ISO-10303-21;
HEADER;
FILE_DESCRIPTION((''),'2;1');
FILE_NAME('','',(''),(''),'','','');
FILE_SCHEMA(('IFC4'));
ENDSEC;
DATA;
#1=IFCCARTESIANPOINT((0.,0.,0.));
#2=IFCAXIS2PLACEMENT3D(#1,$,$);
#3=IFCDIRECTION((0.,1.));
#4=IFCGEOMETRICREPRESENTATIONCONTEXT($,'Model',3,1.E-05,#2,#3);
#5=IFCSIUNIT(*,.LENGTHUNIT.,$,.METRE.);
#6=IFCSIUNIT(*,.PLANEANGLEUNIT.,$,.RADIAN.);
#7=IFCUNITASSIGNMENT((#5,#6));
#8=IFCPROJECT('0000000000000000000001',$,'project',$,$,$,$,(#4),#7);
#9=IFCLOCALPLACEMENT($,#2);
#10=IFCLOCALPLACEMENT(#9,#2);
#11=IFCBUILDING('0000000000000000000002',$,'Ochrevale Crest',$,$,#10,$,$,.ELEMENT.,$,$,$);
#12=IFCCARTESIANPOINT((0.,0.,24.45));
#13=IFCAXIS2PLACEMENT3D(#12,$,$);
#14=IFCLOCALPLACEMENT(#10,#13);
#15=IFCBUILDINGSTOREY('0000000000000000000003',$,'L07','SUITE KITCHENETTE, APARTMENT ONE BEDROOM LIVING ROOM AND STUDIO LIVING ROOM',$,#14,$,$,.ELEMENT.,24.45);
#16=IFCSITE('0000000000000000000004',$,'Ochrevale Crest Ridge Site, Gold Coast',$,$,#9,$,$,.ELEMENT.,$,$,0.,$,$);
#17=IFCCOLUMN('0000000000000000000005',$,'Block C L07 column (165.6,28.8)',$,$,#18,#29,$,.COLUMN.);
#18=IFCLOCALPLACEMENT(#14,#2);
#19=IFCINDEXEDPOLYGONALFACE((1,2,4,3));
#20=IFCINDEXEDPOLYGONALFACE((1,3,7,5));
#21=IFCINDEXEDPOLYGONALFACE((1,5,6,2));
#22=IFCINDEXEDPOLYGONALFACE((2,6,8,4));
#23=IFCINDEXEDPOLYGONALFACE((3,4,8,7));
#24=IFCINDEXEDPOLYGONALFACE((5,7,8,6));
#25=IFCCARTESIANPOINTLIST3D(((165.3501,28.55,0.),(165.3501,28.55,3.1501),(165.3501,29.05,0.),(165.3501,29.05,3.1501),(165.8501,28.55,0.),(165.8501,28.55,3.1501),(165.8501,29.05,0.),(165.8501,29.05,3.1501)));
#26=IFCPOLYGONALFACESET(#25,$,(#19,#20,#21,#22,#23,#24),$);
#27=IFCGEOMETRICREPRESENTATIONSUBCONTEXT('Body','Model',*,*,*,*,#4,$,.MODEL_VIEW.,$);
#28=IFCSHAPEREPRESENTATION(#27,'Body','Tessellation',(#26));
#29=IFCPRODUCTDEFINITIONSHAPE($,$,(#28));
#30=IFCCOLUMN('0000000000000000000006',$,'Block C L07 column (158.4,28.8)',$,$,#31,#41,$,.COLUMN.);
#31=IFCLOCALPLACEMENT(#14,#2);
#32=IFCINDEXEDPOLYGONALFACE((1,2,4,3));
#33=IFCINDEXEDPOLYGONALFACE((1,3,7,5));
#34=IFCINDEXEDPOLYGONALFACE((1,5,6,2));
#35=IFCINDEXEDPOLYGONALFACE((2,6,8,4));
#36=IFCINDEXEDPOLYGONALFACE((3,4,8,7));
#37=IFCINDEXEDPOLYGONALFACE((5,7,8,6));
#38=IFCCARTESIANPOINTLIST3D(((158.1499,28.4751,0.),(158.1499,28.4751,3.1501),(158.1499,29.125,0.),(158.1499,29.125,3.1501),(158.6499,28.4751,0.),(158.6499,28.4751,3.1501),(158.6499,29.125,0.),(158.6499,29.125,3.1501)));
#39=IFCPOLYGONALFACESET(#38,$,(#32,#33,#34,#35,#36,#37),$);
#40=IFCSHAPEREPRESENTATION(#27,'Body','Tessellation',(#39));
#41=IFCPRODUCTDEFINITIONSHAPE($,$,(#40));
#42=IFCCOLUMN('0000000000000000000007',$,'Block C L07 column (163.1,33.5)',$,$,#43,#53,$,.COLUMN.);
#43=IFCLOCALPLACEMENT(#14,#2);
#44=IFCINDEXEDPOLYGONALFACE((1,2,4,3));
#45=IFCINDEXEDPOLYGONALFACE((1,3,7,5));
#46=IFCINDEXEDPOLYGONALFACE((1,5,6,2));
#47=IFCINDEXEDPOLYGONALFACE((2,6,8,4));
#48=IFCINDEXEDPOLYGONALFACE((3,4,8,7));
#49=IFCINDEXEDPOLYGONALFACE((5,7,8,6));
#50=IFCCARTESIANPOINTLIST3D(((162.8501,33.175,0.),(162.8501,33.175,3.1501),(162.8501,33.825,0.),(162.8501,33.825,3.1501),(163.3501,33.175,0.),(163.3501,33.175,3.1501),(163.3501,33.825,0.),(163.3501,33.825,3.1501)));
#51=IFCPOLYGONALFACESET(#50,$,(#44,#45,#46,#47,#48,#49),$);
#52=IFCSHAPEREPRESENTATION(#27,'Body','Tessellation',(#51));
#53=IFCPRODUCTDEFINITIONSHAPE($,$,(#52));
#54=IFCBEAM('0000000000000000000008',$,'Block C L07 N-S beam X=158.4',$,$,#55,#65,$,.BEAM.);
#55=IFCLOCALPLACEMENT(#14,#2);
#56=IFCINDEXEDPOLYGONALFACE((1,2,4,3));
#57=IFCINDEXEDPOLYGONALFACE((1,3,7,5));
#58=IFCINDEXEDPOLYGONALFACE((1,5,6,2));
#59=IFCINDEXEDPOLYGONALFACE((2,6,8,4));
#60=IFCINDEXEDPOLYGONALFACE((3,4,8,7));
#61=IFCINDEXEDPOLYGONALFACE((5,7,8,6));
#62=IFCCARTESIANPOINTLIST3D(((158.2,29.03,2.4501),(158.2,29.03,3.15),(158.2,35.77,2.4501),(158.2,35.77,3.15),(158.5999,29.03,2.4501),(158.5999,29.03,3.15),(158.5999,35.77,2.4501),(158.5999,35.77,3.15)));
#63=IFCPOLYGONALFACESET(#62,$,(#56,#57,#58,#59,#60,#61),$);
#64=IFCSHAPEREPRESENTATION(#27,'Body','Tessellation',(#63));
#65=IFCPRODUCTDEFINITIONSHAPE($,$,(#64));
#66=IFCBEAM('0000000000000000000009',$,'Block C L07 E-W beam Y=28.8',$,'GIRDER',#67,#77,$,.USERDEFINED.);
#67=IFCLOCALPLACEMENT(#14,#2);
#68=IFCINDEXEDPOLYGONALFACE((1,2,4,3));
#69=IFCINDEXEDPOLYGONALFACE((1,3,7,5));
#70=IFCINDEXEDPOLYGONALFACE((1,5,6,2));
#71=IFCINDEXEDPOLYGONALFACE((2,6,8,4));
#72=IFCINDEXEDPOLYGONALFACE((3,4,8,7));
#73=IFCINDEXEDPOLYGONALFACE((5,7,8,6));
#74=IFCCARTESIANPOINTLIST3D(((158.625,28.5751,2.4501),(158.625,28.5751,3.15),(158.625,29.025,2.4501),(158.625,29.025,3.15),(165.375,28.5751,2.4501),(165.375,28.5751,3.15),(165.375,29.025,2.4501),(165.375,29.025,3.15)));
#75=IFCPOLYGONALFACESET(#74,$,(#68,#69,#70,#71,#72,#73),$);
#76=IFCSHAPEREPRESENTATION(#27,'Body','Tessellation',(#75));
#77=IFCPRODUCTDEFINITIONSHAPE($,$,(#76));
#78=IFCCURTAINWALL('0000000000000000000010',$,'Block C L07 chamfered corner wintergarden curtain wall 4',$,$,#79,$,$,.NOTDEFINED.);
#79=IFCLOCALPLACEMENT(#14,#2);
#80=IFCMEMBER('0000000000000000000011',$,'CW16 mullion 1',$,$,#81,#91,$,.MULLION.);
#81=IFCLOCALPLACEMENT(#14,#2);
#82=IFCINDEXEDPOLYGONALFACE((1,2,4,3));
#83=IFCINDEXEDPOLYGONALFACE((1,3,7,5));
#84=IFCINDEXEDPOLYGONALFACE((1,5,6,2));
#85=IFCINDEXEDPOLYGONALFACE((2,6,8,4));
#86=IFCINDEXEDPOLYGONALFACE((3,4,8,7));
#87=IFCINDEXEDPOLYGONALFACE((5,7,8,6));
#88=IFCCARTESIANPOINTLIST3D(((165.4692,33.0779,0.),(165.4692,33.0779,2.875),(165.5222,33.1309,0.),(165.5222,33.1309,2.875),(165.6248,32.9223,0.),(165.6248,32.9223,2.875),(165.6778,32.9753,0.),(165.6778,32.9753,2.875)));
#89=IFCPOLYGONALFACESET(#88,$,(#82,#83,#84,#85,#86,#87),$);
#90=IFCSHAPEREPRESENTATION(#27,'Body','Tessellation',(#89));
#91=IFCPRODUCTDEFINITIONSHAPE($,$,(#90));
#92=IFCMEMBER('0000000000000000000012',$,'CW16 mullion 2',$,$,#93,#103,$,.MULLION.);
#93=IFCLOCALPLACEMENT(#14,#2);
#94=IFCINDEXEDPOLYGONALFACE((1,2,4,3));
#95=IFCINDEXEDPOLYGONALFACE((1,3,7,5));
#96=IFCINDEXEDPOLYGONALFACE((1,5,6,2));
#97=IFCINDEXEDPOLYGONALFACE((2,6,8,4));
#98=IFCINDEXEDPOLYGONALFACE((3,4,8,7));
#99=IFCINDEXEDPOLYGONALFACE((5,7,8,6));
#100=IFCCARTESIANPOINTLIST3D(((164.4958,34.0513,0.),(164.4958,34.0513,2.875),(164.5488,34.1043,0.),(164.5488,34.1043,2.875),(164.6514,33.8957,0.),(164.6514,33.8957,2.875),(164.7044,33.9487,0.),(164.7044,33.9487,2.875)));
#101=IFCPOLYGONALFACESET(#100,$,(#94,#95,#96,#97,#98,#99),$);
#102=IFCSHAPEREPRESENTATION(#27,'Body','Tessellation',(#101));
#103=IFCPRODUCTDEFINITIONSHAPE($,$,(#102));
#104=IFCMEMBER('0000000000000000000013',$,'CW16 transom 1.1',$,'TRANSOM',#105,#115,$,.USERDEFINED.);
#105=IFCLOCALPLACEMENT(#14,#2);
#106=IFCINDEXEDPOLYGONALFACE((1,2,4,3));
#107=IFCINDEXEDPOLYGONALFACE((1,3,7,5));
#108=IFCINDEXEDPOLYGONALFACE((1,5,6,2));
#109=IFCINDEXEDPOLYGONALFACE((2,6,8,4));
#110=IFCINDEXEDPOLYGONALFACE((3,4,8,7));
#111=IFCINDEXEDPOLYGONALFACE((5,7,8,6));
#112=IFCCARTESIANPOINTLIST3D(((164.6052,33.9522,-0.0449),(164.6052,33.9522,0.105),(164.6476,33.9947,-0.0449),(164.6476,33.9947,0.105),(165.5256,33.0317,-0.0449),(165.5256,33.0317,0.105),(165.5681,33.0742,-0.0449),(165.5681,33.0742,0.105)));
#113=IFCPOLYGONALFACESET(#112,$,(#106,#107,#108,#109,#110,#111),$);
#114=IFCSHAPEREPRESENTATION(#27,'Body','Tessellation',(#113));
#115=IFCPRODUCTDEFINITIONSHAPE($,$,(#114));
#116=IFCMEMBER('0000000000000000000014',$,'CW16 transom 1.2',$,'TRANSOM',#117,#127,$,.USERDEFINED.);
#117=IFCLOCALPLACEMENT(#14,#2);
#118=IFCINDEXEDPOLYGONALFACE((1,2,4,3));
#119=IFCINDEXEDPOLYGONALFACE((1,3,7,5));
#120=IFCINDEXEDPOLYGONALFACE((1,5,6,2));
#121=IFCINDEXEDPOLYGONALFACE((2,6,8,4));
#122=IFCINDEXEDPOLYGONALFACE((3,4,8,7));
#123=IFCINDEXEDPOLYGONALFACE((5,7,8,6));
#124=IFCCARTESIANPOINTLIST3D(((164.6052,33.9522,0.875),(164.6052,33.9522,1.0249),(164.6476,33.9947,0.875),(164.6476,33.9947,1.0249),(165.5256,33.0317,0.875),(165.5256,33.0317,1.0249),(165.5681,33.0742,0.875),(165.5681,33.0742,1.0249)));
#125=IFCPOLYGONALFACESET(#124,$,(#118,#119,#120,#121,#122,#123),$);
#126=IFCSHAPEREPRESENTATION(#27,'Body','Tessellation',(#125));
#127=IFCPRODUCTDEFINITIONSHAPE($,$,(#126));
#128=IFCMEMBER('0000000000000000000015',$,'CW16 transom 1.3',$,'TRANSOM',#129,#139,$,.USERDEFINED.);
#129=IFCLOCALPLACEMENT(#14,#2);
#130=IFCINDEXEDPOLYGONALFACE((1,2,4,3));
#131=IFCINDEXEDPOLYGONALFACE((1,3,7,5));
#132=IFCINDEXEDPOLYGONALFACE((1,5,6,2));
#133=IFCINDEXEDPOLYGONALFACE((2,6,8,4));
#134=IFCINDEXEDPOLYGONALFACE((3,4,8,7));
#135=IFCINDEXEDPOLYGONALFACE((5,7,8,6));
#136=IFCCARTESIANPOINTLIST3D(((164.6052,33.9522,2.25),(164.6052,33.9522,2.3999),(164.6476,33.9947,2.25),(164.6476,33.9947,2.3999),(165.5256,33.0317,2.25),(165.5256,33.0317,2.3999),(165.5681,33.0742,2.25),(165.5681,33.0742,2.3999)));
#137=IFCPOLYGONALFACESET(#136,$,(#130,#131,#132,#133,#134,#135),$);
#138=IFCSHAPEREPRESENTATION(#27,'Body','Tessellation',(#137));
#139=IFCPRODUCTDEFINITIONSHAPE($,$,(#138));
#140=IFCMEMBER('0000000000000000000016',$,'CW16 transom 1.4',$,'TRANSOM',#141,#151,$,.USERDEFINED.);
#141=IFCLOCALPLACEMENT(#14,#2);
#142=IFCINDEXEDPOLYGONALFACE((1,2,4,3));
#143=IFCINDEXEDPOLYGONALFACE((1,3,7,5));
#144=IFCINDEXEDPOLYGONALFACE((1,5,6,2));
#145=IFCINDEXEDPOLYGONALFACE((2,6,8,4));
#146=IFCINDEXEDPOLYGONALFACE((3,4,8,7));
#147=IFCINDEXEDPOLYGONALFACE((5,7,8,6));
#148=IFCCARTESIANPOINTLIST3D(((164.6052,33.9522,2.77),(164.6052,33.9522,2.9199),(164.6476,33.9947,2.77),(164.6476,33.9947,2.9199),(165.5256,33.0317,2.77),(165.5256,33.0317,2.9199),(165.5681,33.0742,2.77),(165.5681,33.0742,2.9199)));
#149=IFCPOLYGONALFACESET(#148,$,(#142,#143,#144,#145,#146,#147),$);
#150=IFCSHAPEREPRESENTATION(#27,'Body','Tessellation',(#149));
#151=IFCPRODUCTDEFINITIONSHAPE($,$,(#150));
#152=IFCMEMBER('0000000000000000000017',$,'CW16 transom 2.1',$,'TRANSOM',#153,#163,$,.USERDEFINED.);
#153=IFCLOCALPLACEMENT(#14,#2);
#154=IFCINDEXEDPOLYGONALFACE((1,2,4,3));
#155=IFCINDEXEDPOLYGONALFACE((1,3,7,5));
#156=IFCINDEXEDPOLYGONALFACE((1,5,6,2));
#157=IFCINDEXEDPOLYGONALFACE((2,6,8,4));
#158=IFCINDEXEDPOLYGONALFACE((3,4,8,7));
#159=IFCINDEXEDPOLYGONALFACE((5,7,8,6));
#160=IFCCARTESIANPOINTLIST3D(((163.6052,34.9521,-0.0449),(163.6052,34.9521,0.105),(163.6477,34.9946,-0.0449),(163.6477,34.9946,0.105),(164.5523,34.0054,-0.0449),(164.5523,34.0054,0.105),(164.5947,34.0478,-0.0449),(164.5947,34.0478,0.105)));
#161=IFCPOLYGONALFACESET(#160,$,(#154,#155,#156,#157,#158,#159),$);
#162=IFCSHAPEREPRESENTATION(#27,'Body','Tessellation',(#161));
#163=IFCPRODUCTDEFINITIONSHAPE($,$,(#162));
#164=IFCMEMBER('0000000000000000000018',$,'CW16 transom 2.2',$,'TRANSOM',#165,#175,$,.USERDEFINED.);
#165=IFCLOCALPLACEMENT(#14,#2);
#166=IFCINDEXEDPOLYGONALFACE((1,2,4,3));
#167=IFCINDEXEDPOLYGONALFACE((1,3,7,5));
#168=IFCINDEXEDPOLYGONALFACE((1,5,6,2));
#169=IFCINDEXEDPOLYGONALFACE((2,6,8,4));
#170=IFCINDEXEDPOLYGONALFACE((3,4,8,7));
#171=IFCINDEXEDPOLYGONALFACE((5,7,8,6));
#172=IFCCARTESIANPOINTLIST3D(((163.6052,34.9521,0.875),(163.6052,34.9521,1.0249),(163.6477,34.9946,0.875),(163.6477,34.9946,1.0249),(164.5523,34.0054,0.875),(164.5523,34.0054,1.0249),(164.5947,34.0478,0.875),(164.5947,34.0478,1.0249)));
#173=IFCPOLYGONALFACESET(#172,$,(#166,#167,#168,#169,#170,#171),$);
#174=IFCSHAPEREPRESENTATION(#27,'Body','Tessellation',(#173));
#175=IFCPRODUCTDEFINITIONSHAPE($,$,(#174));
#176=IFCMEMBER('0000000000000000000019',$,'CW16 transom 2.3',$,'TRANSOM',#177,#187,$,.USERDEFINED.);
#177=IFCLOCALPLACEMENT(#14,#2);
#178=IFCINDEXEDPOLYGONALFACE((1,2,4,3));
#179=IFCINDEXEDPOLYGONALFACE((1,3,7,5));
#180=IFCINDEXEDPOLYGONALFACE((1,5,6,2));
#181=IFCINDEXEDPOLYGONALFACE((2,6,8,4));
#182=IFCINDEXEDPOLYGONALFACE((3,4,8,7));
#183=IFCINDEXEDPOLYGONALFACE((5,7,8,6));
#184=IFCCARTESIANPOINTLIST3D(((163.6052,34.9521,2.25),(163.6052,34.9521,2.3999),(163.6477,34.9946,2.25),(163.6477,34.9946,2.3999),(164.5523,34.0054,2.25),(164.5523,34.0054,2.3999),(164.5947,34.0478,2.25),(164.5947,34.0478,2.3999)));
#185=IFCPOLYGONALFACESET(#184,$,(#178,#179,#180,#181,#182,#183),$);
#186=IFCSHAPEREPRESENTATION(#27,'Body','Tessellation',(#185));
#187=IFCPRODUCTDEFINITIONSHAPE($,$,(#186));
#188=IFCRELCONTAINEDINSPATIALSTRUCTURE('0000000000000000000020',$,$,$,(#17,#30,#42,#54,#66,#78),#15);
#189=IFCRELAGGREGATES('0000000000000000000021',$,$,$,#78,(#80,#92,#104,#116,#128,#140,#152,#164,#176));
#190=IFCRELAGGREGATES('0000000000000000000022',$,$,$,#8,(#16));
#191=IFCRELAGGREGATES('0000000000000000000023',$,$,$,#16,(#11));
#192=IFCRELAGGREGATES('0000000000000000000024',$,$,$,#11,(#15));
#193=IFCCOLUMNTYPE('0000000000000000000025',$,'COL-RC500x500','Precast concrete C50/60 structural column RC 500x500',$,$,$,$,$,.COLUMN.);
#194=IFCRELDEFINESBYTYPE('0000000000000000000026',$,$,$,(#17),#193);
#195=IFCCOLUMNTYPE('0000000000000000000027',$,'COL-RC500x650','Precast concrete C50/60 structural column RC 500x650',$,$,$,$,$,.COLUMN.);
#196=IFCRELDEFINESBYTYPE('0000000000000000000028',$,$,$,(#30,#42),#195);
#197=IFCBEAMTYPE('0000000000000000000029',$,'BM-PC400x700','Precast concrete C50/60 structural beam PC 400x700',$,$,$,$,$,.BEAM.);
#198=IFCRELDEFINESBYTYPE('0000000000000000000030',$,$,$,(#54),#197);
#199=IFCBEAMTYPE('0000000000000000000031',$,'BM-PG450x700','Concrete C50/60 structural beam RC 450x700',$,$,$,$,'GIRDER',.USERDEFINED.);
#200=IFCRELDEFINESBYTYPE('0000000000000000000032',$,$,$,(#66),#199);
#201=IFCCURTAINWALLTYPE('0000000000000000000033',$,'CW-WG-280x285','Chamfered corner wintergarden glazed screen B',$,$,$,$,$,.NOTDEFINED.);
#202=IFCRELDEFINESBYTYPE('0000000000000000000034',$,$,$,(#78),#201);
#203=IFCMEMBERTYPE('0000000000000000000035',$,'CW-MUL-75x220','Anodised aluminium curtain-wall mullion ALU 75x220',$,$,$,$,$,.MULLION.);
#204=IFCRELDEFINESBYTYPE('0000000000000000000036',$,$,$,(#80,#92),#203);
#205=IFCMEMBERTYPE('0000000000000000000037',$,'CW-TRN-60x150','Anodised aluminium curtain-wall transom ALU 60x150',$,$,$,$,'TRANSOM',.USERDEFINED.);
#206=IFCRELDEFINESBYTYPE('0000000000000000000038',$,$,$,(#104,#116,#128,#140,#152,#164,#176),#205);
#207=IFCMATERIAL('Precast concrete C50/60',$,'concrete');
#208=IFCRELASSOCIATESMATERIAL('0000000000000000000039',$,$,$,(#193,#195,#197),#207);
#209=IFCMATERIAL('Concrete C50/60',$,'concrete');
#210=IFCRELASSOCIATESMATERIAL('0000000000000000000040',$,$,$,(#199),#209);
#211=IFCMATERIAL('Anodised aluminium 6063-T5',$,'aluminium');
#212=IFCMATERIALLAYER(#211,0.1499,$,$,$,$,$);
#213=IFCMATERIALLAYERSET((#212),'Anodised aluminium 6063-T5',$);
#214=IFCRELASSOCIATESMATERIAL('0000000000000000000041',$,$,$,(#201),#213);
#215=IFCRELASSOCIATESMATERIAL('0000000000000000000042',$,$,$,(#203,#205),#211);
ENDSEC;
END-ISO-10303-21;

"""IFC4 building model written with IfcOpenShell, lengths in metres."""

from ifc_helpers import new_model, si_unit, direction, frame, origin, origin_2d, place, context, subcontext, project, spatial, rectangle, extrude, material, layer, layer_set, material_profile, profile_set, type_object, element, aggregate, save


model = new_model("IFC4")

# Units and contexts
model_context = context("Model", 3, precision=1e-05, world=origin(), true_north=direction((0.0, 1.0)))
body_context = subcontext(model_context, "Body", "Model", "MODEL_VIEW")
ifc_project = project(units=[si_unit("LENGTHUNIT", "METRE"), si_unit("PLANEANGLEUNIT", "RADIAN")], contexts=[model_context])

# Site, building, storey
site_placement = place(None, origin())
site = spatial("IfcSite", under=ifc_project, at=site_placement, Name="Ochrevale Crest Ridge Site, Gold Coast", CompositionType="ELEMENT", RefElevation=0.0)
building_placement = place(site_placement, origin())
building = spatial("IfcBuilding", under=site, at=building_placement, Name="Ochrevale Crest", CompositionType="ELEMENT")
storey_placement = place(building_placement, frame((0.0, 0.0, 24.45)))
storey = spatial("IfcBuildingStorey", under=building, at=storey_placement, Name="L07", Description="SUITE KITCHENETTE, APARTMENT ONE BEDROOM LIVING ROOM AND STUDIO LIVING ROOM", CompositionType="ELEMENT", Elevation=24.45)

# Columns
ifc_material_1 = material(Name="Precast concrete C50/60", Category="concrete")
ifc_material_profile_1 = material_profile(ifc_material_1, rectangle(XDim=0.5, YDim=0.5, at=origin_2d()), Name="RC 500x500")
ifc_profile_set_1 = profile_set([ifc_material_profile_1], Name="Precast concrete C50/60")
column_type_1 = type_object("IfcColumnType", Name="COL-RC500x500", Description="Precast concrete C50/60 structural column RC 500x500", PredefinedType="COLUMN", material=ifc_profile_set_1)
column_placement = place(storey_placement, frame((165.6001, 28.8, 0.0), z_axis=(0.0, 0.0, 1.0), x_axis=(1.0, 0.0, 0.0)))
element("IfcColumn", 1, at=column_placement, inside=storey, type_object=column_type_1, Name="Block C L07 column (165.6,28.8)", PredefinedType="COLUMN", context=body_context, shape_type="SweptSolid", body=[
    extrude(rectangle(XDim=0.5, YDim=0.5, at=origin_2d()), origin(), (0.0, 0.0, 1.0), 3.1501),
])
ifc_material_profile_2 = material_profile(ifc_material_1, rectangle(XDim=0.5, YDim=0.6499, at=origin_2d()), Name="RC 500x650")
ifc_profile_set_2 = profile_set([ifc_material_profile_2], Name="Precast concrete C50/60")
column_type_2 = type_object("IfcColumnType", Name="COL-RC500x650", Description="Precast concrete C50/60 structural column RC 500x650", PredefinedType="COLUMN", material=ifc_profile_set_2)
for number, where, z_axis, x_axis, name in (
    (2, (158.3999, 28.8, 0.0), (0.0, 0.0, 1.0), (1.0, 0.0, 0.0), "Block C L07 column (158.4,28.8)"),
    (3, (163.1001, 33.5, 0.0), (0.0, 0.0, 1.0), (1.0, 0.0, 0.0), "Block C L07 column (163.1,33.5)"),
):
    element("IfcColumn", number, at=place(storey_placement, frame(where, z_axis=z_axis, x_axis=x_axis)), inside=storey, type_object=column_type_2, Name=name, PredefinedType="COLUMN", context=body_context, shape_type="SweptSolid", body=[
        extrude(rectangle(XDim=0.5, YDim=0.6499, at=origin_2d()), origin(), (0.0, 0.0, 1.0), 3.1501),
    ])

# Beams
ifc_material_profile_3 = material_profile(ifc_material_1, rectangle(XDim=0.3999, YDim=0.7, at=origin_2d()), Name="PC 400x700")
ifc_profile_set_3 = profile_set([ifc_material_profile_3], Name="Precast concrete C50/60")
beam_type_1 = type_object("IfcBeamType", Name="BM-PC400x700", Description="Precast concrete C50/60 structural beam PC 400x700", PredefinedType="BEAM", material=ifc_profile_set_3)
beam_1_placement = place(storey_placement, frame((158.3999, 29.03, 2.8), z_axis=(0.0, 1.0, 0.0), x_axis=(-1.0, 0.0, 0.0)))
element("IfcBeam", 4, at=beam_1_placement, inside=storey, type_object=beam_type_1, Name="Block C L07 N-S beam X=158.4", PredefinedType="BEAM", context=body_context, shape_type="SweptSolid", body=[
    extrude(rectangle(XDim=0.3999, YDim=0.7, at=origin_2d()), origin(), (0.0, 0.0, 1.0), 6.74),
])
ifc_material_2 = material(Name="Concrete C50/60", Category="concrete")
ifc_material_profile_4 = material_profile(ifc_material_2, rectangle(XDim=0.45, YDim=0.7, at=origin_2d()), Name="RC 450x700")
ifc_profile_set_4 = profile_set([ifc_material_profile_4], Name="Concrete C50/60")
beam_type_2 = type_object("IfcBeamType", Name="BM-PG450x700", Description="Concrete C50/60 structural beam RC 450x700", ElementType="GIRDER", PredefinedType="USERDEFINED", material=ifc_profile_set_4)
beam_2_placement = place(storey_placement, frame((158.625, 28.8, 2.8), z_axis=(1.0, 0.0, 0.0), x_axis=(0.0, 1.0, 0.0)))
element("IfcBeam", 5, at=beam_2_placement, inside=storey, type_object=beam_type_2, Name="Block C L07 E-W beam Y=28.8", ObjectType="GIRDER", PredefinedType="USERDEFINED", context=body_context, shape_type="SweptSolid", body=[
    extrude(rectangle(XDim=0.45, YDim=0.7, at=origin_2d()), origin(), (0.0, 0.0, 1.0), 6.75),
])

# Curtain wall, members
ifc_material_3 = material(Name="Anodised aluminium 6063-T5", Category="aluminium")
ifc_layer_1 = layer(ifc_material_3, 0.1499)
ifc_layer_set_1 = layer_set([ifc_layer_1], Name="Anodised aluminium 6063-T5")
curtain_wall_type = type_object("IfcCurtainWallType", Name="CW-WG-280x285", Description="Chamfered corner wintergarden glazed screen B", PredefinedType="NOTDEFINED", material=ifc_layer_set_1)
curtain_wall_placement = place(storey_placement, origin())
curtain_wall = element("IfcCurtainWall", 6, at=curtain_wall_placement, inside=storey, type_object=curtain_wall_type, Name="Block C L07 chamfered corner wintergarden curtain wall 4", PredefinedType="NOTDEFINED")
ifc_material_profile_5 = material_profile(ifc_material_3, rectangle(XDim=0.075, YDim=0.22, at=origin_2d()), Name="ALU 75x220")
ifc_profile_set_5 = profile_set([ifc_material_profile_5], Name="Anodised aluminium 6063-T5")
member_type_1 = type_object("IfcMemberType", Name="CW-MUL-75x220", Description="Anodised aluminium curtain-wall mullion ALU 75x220", PredefinedType="MULLION", material=ifc_profile_set_5)
member_1_placement = place(storey_placement, frame((165.5735, 33.0266, 0.0), z_axis=(0.0, 0.0, 1.0), x_axis=(-0.707107, -0.707107, 0.0)))
member_1 = element("IfcMember", 7, at=member_1_placement, type_object=member_type_1, Name="CW16 mullion 1", PredefinedType="MULLION", context=body_context, shape_type="SweptSolid", body=[
    extrude(rectangle(XDim=0.075, YDim=0.22, at=origin_2d()), origin(), (0.0, 0.0, 1.0), 2.875),
])
member_2_placement = place(storey_placement, frame((164.6001, 34.0, 0.0), z_axis=(0.0, 0.0, 1.0), x_axis=(-0.707107, -0.707107, 0.0)))
member_2 = element("IfcMember", 8, at=member_2_placement, type_object=member_type_1, Name="CW16 mullion 2", PredefinedType="MULLION", context=body_context, shape_type="SweptSolid", body=[
    extrude(rectangle(XDim=0.075, YDim=0.22, at=origin_2d()), origin(), (0.0, 0.0, 1.0), 2.875),
])
ifc_material_profile_6 = material_profile(ifc_material_3, rectangle(XDim=0.0601, YDim=0.1499, at=origin_2d()), Name="ALU 60x150")
ifc_profile_set_6 = profile_set([ifc_material_profile_6], Name="Anodised aluminium 6063-T5")
member_type_2 = type_object("IfcMemberType", Name="CW-TRN-60x150", Description="Anodised aluminium curtain-wall transom ALU 60x150", ElementType="TRANSOM", PredefinedType="USERDEFINED", material=ifc_profile_set_6)
member_3_placement = place(storey_placement, frame((165.5469, 33.053, 0.03), z_axis=(-0.707107, 0.707107, 0.0), x_axis=(-0.707107, -0.707107, 0.0)))
member_3 = element("IfcMember", 9, at=member_3_placement, type_object=member_type_2, Name="CW16 transom 1.1", ObjectType="TRANSOM", PredefinedType="USERDEFINED", context=body_context, shape_type="SweptSolid", body=[
    extrude(rectangle(XDim=0.0601, YDim=0.1499, at=origin_2d()), origin(), (0.0, 0.0, 1.0), 1.3018),
])
member_4_placement = place(storey_placement, frame((165.5469, 33.053, 0.95), z_axis=(-0.707107, 0.707107, 0.0), x_axis=(-0.707107, -0.707107, 0.0)))
member_4 = element("IfcMember", 10, at=member_4_placement, type_object=member_type_2, Name="CW16 transom 1.2", ObjectType="TRANSOM", PredefinedType="USERDEFINED", context=body_context, shape_type="SweptSolid", body=[
    extrude(rectangle(XDim=0.0601, YDim=0.1499, at=origin_2d()), origin(), (0.0, 0.0, 1.0), 1.3018),
])
member_5_placement = place(storey_placement, frame((165.5469, 33.053, 2.325), z_axis=(-0.707107, 0.707107, 0.0), x_axis=(-0.707107, -0.707107, 0.0)))
member_5 = element("IfcMember", 11, at=member_5_placement, type_object=member_type_2, Name="CW16 transom 1.3", ObjectType="TRANSOM", PredefinedType="USERDEFINED", context=body_context, shape_type="SweptSolid", body=[
    extrude(rectangle(XDim=0.0601, YDim=0.1499, at=origin_2d()), origin(), (0.0, 0.0, 1.0), 1.3018),
])
member_6_placement = place(storey_placement, frame((165.5469, 33.053, 2.845), z_axis=(-0.707107, 0.707107, 0.0), x_axis=(-0.707107, -0.707107, 0.0)))
member_6 = element("IfcMember", 12, at=member_6_placement, type_object=member_type_2, Name="CW16 transom 1.4", ObjectType="TRANSOM", PredefinedType="USERDEFINED", context=body_context, shape_type="SweptSolid", body=[
    extrude(rectangle(XDim=0.0601, YDim=0.1499, at=origin_2d()), origin(), (0.0, 0.0, 1.0), 1.3018),
])
member_7_placement = place(storey_placement, frame((164.5735, 34.0266, 0.03), z_axis=(-0.707198, 0.707016, 0.0), x_axis=(-0.707016, -0.707198, 0.0)))
member_7 = element("IfcMember", 13, at=member_7_placement, type_object=member_type_2, Name="CW16 transom 2.1", ObjectType="TRANSOM", PredefinedType="USERDEFINED", context=body_context, shape_type="SweptSolid", body=[
    extrude(rectangle(XDim=0.0601, YDim=0.1499, at=origin_2d()), origin(), (0.0, 0.0, 1.0), 1.3391),
])
member_8_placement = place(storey_placement, frame((164.5735, 34.0266, 0.95), z_axis=(-0.707198, 0.707016, 0.0), x_axis=(-0.707016, -0.707198, 0.0)))
member_8 = element("IfcMember", 14, at=member_8_placement, type_object=member_type_2, Name="CW16 transom 2.2", ObjectType="TRANSOM", PredefinedType="USERDEFINED", context=body_context, shape_type="SweptSolid", body=[
    extrude(rectangle(XDim=0.0601, YDim=0.1499, at=origin_2d()), origin(), (0.0, 0.0, 1.0), 1.3391),
])
member_9_placement = place(storey_placement, frame((164.5735, 34.0266, 2.325), z_axis=(-0.707198, 0.707016, 0.0), x_axis=(-0.707016, -0.707198, 0.0)))
member_9 = element("IfcMember", 15, at=member_9_placement, type_object=member_type_2, Name="CW16 transom 2.3", ObjectType="TRANSOM", PredefinedType="USERDEFINED", context=body_context, shape_type="SweptSolid", body=[
    extrude(rectangle(XDim=0.0601, YDim=0.1499, at=origin_2d()), origin(), (0.0, 0.0, 1.0), 1.3391),
])
aggregate(curtain_wall, [member_1, member_2, member_3, member_4, member_5, member_6, member_7, member_8, member_9])

save(model, "model.ifc")
